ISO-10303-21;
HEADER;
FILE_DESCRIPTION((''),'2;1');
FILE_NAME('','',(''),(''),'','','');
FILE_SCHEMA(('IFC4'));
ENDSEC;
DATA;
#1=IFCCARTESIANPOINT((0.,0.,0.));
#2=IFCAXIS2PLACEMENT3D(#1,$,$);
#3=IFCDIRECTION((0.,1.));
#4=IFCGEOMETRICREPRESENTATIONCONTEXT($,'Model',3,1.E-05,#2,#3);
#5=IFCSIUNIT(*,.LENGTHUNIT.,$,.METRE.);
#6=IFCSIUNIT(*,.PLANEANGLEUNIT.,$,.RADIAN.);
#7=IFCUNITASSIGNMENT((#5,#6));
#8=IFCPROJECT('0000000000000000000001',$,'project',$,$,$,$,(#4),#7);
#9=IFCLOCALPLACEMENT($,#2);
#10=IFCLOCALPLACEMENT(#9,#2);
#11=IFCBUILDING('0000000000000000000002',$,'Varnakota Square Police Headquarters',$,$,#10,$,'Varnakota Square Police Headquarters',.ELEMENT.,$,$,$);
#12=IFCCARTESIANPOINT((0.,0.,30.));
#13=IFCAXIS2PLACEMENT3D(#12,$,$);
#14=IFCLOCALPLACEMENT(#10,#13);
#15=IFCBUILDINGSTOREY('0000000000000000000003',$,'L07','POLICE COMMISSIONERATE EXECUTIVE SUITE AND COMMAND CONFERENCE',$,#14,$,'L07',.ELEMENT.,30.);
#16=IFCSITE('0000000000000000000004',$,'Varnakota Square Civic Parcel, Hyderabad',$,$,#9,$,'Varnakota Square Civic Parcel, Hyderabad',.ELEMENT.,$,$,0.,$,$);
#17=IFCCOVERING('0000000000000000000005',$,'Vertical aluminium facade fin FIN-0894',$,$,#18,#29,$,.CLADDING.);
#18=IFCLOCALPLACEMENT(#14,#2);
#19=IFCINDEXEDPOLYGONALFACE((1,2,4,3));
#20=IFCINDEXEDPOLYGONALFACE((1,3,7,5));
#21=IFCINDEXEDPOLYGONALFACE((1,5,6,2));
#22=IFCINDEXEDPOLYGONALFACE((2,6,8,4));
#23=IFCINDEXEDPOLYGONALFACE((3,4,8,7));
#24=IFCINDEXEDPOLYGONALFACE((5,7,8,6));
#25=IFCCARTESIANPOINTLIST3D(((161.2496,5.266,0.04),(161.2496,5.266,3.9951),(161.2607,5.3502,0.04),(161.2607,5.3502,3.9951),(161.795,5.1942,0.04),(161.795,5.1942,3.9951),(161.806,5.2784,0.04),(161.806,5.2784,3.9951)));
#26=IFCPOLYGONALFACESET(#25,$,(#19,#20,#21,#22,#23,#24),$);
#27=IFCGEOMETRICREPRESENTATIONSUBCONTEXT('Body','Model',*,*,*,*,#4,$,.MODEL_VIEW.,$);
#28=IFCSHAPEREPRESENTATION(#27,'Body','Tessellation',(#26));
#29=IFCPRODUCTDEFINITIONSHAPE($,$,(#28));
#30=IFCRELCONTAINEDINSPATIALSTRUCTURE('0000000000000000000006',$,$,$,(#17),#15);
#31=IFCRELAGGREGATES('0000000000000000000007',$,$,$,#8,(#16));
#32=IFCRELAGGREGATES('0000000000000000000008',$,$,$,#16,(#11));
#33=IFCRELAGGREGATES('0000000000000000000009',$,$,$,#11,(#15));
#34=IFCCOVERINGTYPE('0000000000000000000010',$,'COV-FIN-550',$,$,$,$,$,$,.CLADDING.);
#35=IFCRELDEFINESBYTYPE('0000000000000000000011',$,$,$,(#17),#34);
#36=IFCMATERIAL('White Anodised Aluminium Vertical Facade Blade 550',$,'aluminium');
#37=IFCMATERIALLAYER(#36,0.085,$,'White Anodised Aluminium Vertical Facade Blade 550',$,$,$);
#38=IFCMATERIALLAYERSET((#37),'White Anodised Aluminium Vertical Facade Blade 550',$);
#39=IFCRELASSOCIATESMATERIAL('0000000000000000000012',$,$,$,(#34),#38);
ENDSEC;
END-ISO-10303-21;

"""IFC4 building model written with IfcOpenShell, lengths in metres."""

from ifc_helpers import new_model, si_unit, direction, frame, origin, origin_2d, place, context, subcontext, project, spatial, rectangle, extrude, material, layer, layer_set, type_object, element, save


model = new_model("IFC4")

# Units and contexts
model_context = context("Model", 3, precision=1e-05, world=origin(), true_north=direction((0.0, 1.0)))
body_context = subcontext(model_context, "Body", "Model", "MODEL_VIEW")
ifc_project = project(units=[si_unit("LENGTHUNIT", "METRE"), si_unit("PLANEANGLEUNIT", "RADIAN")], contexts=[model_context])

# Site, building, storey
site_placement = place(None, origin())
site = spatial("IfcSite", under=ifc_project, at=site_placement, Name="Varnakota Square Civic Parcel, Hyderabad", LongName="Varnakota Square Civic Parcel, Hyderabad", CompositionType="ELEMENT", RefElevation=0.0)
building_placement = place(site_placement, origin())
building = spatial("IfcBuilding", under=site, at=building_placement, Name="Varnakota Square Police Headquarters", LongName="Varnakota Square Police Headquarters", CompositionType="ELEMENT")
storey_placement = place(building_placement, frame((0.0, 0.0, 30.0)))
storey = spatial("IfcBuildingStorey", under=building, at=storey_placement, Name="L07", Description="POLICE COMMISSIONERATE EXECUTIVE SUITE AND COMMAND CONFERENCE", LongName="L07", CompositionType="ELEMENT", Elevation=30.0)

# Covering
ifc_material_1 = material(Name="White Anodised Aluminium Vertical Facade Blade 550", Category="aluminium")
ifc_layer_1 = layer(ifc_material_1, 0.085, Name="White Anodised Aluminium Vertical Facade Blade 550")
ifc_layer_set_1 = layer_set([ifc_layer_1], Name="White Anodised Aluminium Vertical Facade Blade 550")
covering_type_1 = type_object("IfcCoveringType", Name="COV-FIN-550", PredefinedType="CLADDING", material=ifc_layer_set_1)
for number, where, z_axis, x_axis, name in (
    (1, (161.5278, 5.2722, 0.04), (0.0, 0.0, 1.0), (0.130526, 0.991445, 0.0), "Vertical aluminium facade fin FIN-0894"),
):
    element("IfcCovering", number, at=place(storey_placement, frame(where, z_axis=z_axis, x_axis=x_axis)), inside=storey, type_object=covering_type_1, Name=name, PredefinedType="CLADDING", context=body_context, shape_type="SweptSolid", body=[
        extrude(rectangle(XDim=0.085, YDim=0.55, at=origin_2d()), origin(), (0.0, 0.0, 1.0), 3.9551),
    ])

save(model, "model.ifc")
